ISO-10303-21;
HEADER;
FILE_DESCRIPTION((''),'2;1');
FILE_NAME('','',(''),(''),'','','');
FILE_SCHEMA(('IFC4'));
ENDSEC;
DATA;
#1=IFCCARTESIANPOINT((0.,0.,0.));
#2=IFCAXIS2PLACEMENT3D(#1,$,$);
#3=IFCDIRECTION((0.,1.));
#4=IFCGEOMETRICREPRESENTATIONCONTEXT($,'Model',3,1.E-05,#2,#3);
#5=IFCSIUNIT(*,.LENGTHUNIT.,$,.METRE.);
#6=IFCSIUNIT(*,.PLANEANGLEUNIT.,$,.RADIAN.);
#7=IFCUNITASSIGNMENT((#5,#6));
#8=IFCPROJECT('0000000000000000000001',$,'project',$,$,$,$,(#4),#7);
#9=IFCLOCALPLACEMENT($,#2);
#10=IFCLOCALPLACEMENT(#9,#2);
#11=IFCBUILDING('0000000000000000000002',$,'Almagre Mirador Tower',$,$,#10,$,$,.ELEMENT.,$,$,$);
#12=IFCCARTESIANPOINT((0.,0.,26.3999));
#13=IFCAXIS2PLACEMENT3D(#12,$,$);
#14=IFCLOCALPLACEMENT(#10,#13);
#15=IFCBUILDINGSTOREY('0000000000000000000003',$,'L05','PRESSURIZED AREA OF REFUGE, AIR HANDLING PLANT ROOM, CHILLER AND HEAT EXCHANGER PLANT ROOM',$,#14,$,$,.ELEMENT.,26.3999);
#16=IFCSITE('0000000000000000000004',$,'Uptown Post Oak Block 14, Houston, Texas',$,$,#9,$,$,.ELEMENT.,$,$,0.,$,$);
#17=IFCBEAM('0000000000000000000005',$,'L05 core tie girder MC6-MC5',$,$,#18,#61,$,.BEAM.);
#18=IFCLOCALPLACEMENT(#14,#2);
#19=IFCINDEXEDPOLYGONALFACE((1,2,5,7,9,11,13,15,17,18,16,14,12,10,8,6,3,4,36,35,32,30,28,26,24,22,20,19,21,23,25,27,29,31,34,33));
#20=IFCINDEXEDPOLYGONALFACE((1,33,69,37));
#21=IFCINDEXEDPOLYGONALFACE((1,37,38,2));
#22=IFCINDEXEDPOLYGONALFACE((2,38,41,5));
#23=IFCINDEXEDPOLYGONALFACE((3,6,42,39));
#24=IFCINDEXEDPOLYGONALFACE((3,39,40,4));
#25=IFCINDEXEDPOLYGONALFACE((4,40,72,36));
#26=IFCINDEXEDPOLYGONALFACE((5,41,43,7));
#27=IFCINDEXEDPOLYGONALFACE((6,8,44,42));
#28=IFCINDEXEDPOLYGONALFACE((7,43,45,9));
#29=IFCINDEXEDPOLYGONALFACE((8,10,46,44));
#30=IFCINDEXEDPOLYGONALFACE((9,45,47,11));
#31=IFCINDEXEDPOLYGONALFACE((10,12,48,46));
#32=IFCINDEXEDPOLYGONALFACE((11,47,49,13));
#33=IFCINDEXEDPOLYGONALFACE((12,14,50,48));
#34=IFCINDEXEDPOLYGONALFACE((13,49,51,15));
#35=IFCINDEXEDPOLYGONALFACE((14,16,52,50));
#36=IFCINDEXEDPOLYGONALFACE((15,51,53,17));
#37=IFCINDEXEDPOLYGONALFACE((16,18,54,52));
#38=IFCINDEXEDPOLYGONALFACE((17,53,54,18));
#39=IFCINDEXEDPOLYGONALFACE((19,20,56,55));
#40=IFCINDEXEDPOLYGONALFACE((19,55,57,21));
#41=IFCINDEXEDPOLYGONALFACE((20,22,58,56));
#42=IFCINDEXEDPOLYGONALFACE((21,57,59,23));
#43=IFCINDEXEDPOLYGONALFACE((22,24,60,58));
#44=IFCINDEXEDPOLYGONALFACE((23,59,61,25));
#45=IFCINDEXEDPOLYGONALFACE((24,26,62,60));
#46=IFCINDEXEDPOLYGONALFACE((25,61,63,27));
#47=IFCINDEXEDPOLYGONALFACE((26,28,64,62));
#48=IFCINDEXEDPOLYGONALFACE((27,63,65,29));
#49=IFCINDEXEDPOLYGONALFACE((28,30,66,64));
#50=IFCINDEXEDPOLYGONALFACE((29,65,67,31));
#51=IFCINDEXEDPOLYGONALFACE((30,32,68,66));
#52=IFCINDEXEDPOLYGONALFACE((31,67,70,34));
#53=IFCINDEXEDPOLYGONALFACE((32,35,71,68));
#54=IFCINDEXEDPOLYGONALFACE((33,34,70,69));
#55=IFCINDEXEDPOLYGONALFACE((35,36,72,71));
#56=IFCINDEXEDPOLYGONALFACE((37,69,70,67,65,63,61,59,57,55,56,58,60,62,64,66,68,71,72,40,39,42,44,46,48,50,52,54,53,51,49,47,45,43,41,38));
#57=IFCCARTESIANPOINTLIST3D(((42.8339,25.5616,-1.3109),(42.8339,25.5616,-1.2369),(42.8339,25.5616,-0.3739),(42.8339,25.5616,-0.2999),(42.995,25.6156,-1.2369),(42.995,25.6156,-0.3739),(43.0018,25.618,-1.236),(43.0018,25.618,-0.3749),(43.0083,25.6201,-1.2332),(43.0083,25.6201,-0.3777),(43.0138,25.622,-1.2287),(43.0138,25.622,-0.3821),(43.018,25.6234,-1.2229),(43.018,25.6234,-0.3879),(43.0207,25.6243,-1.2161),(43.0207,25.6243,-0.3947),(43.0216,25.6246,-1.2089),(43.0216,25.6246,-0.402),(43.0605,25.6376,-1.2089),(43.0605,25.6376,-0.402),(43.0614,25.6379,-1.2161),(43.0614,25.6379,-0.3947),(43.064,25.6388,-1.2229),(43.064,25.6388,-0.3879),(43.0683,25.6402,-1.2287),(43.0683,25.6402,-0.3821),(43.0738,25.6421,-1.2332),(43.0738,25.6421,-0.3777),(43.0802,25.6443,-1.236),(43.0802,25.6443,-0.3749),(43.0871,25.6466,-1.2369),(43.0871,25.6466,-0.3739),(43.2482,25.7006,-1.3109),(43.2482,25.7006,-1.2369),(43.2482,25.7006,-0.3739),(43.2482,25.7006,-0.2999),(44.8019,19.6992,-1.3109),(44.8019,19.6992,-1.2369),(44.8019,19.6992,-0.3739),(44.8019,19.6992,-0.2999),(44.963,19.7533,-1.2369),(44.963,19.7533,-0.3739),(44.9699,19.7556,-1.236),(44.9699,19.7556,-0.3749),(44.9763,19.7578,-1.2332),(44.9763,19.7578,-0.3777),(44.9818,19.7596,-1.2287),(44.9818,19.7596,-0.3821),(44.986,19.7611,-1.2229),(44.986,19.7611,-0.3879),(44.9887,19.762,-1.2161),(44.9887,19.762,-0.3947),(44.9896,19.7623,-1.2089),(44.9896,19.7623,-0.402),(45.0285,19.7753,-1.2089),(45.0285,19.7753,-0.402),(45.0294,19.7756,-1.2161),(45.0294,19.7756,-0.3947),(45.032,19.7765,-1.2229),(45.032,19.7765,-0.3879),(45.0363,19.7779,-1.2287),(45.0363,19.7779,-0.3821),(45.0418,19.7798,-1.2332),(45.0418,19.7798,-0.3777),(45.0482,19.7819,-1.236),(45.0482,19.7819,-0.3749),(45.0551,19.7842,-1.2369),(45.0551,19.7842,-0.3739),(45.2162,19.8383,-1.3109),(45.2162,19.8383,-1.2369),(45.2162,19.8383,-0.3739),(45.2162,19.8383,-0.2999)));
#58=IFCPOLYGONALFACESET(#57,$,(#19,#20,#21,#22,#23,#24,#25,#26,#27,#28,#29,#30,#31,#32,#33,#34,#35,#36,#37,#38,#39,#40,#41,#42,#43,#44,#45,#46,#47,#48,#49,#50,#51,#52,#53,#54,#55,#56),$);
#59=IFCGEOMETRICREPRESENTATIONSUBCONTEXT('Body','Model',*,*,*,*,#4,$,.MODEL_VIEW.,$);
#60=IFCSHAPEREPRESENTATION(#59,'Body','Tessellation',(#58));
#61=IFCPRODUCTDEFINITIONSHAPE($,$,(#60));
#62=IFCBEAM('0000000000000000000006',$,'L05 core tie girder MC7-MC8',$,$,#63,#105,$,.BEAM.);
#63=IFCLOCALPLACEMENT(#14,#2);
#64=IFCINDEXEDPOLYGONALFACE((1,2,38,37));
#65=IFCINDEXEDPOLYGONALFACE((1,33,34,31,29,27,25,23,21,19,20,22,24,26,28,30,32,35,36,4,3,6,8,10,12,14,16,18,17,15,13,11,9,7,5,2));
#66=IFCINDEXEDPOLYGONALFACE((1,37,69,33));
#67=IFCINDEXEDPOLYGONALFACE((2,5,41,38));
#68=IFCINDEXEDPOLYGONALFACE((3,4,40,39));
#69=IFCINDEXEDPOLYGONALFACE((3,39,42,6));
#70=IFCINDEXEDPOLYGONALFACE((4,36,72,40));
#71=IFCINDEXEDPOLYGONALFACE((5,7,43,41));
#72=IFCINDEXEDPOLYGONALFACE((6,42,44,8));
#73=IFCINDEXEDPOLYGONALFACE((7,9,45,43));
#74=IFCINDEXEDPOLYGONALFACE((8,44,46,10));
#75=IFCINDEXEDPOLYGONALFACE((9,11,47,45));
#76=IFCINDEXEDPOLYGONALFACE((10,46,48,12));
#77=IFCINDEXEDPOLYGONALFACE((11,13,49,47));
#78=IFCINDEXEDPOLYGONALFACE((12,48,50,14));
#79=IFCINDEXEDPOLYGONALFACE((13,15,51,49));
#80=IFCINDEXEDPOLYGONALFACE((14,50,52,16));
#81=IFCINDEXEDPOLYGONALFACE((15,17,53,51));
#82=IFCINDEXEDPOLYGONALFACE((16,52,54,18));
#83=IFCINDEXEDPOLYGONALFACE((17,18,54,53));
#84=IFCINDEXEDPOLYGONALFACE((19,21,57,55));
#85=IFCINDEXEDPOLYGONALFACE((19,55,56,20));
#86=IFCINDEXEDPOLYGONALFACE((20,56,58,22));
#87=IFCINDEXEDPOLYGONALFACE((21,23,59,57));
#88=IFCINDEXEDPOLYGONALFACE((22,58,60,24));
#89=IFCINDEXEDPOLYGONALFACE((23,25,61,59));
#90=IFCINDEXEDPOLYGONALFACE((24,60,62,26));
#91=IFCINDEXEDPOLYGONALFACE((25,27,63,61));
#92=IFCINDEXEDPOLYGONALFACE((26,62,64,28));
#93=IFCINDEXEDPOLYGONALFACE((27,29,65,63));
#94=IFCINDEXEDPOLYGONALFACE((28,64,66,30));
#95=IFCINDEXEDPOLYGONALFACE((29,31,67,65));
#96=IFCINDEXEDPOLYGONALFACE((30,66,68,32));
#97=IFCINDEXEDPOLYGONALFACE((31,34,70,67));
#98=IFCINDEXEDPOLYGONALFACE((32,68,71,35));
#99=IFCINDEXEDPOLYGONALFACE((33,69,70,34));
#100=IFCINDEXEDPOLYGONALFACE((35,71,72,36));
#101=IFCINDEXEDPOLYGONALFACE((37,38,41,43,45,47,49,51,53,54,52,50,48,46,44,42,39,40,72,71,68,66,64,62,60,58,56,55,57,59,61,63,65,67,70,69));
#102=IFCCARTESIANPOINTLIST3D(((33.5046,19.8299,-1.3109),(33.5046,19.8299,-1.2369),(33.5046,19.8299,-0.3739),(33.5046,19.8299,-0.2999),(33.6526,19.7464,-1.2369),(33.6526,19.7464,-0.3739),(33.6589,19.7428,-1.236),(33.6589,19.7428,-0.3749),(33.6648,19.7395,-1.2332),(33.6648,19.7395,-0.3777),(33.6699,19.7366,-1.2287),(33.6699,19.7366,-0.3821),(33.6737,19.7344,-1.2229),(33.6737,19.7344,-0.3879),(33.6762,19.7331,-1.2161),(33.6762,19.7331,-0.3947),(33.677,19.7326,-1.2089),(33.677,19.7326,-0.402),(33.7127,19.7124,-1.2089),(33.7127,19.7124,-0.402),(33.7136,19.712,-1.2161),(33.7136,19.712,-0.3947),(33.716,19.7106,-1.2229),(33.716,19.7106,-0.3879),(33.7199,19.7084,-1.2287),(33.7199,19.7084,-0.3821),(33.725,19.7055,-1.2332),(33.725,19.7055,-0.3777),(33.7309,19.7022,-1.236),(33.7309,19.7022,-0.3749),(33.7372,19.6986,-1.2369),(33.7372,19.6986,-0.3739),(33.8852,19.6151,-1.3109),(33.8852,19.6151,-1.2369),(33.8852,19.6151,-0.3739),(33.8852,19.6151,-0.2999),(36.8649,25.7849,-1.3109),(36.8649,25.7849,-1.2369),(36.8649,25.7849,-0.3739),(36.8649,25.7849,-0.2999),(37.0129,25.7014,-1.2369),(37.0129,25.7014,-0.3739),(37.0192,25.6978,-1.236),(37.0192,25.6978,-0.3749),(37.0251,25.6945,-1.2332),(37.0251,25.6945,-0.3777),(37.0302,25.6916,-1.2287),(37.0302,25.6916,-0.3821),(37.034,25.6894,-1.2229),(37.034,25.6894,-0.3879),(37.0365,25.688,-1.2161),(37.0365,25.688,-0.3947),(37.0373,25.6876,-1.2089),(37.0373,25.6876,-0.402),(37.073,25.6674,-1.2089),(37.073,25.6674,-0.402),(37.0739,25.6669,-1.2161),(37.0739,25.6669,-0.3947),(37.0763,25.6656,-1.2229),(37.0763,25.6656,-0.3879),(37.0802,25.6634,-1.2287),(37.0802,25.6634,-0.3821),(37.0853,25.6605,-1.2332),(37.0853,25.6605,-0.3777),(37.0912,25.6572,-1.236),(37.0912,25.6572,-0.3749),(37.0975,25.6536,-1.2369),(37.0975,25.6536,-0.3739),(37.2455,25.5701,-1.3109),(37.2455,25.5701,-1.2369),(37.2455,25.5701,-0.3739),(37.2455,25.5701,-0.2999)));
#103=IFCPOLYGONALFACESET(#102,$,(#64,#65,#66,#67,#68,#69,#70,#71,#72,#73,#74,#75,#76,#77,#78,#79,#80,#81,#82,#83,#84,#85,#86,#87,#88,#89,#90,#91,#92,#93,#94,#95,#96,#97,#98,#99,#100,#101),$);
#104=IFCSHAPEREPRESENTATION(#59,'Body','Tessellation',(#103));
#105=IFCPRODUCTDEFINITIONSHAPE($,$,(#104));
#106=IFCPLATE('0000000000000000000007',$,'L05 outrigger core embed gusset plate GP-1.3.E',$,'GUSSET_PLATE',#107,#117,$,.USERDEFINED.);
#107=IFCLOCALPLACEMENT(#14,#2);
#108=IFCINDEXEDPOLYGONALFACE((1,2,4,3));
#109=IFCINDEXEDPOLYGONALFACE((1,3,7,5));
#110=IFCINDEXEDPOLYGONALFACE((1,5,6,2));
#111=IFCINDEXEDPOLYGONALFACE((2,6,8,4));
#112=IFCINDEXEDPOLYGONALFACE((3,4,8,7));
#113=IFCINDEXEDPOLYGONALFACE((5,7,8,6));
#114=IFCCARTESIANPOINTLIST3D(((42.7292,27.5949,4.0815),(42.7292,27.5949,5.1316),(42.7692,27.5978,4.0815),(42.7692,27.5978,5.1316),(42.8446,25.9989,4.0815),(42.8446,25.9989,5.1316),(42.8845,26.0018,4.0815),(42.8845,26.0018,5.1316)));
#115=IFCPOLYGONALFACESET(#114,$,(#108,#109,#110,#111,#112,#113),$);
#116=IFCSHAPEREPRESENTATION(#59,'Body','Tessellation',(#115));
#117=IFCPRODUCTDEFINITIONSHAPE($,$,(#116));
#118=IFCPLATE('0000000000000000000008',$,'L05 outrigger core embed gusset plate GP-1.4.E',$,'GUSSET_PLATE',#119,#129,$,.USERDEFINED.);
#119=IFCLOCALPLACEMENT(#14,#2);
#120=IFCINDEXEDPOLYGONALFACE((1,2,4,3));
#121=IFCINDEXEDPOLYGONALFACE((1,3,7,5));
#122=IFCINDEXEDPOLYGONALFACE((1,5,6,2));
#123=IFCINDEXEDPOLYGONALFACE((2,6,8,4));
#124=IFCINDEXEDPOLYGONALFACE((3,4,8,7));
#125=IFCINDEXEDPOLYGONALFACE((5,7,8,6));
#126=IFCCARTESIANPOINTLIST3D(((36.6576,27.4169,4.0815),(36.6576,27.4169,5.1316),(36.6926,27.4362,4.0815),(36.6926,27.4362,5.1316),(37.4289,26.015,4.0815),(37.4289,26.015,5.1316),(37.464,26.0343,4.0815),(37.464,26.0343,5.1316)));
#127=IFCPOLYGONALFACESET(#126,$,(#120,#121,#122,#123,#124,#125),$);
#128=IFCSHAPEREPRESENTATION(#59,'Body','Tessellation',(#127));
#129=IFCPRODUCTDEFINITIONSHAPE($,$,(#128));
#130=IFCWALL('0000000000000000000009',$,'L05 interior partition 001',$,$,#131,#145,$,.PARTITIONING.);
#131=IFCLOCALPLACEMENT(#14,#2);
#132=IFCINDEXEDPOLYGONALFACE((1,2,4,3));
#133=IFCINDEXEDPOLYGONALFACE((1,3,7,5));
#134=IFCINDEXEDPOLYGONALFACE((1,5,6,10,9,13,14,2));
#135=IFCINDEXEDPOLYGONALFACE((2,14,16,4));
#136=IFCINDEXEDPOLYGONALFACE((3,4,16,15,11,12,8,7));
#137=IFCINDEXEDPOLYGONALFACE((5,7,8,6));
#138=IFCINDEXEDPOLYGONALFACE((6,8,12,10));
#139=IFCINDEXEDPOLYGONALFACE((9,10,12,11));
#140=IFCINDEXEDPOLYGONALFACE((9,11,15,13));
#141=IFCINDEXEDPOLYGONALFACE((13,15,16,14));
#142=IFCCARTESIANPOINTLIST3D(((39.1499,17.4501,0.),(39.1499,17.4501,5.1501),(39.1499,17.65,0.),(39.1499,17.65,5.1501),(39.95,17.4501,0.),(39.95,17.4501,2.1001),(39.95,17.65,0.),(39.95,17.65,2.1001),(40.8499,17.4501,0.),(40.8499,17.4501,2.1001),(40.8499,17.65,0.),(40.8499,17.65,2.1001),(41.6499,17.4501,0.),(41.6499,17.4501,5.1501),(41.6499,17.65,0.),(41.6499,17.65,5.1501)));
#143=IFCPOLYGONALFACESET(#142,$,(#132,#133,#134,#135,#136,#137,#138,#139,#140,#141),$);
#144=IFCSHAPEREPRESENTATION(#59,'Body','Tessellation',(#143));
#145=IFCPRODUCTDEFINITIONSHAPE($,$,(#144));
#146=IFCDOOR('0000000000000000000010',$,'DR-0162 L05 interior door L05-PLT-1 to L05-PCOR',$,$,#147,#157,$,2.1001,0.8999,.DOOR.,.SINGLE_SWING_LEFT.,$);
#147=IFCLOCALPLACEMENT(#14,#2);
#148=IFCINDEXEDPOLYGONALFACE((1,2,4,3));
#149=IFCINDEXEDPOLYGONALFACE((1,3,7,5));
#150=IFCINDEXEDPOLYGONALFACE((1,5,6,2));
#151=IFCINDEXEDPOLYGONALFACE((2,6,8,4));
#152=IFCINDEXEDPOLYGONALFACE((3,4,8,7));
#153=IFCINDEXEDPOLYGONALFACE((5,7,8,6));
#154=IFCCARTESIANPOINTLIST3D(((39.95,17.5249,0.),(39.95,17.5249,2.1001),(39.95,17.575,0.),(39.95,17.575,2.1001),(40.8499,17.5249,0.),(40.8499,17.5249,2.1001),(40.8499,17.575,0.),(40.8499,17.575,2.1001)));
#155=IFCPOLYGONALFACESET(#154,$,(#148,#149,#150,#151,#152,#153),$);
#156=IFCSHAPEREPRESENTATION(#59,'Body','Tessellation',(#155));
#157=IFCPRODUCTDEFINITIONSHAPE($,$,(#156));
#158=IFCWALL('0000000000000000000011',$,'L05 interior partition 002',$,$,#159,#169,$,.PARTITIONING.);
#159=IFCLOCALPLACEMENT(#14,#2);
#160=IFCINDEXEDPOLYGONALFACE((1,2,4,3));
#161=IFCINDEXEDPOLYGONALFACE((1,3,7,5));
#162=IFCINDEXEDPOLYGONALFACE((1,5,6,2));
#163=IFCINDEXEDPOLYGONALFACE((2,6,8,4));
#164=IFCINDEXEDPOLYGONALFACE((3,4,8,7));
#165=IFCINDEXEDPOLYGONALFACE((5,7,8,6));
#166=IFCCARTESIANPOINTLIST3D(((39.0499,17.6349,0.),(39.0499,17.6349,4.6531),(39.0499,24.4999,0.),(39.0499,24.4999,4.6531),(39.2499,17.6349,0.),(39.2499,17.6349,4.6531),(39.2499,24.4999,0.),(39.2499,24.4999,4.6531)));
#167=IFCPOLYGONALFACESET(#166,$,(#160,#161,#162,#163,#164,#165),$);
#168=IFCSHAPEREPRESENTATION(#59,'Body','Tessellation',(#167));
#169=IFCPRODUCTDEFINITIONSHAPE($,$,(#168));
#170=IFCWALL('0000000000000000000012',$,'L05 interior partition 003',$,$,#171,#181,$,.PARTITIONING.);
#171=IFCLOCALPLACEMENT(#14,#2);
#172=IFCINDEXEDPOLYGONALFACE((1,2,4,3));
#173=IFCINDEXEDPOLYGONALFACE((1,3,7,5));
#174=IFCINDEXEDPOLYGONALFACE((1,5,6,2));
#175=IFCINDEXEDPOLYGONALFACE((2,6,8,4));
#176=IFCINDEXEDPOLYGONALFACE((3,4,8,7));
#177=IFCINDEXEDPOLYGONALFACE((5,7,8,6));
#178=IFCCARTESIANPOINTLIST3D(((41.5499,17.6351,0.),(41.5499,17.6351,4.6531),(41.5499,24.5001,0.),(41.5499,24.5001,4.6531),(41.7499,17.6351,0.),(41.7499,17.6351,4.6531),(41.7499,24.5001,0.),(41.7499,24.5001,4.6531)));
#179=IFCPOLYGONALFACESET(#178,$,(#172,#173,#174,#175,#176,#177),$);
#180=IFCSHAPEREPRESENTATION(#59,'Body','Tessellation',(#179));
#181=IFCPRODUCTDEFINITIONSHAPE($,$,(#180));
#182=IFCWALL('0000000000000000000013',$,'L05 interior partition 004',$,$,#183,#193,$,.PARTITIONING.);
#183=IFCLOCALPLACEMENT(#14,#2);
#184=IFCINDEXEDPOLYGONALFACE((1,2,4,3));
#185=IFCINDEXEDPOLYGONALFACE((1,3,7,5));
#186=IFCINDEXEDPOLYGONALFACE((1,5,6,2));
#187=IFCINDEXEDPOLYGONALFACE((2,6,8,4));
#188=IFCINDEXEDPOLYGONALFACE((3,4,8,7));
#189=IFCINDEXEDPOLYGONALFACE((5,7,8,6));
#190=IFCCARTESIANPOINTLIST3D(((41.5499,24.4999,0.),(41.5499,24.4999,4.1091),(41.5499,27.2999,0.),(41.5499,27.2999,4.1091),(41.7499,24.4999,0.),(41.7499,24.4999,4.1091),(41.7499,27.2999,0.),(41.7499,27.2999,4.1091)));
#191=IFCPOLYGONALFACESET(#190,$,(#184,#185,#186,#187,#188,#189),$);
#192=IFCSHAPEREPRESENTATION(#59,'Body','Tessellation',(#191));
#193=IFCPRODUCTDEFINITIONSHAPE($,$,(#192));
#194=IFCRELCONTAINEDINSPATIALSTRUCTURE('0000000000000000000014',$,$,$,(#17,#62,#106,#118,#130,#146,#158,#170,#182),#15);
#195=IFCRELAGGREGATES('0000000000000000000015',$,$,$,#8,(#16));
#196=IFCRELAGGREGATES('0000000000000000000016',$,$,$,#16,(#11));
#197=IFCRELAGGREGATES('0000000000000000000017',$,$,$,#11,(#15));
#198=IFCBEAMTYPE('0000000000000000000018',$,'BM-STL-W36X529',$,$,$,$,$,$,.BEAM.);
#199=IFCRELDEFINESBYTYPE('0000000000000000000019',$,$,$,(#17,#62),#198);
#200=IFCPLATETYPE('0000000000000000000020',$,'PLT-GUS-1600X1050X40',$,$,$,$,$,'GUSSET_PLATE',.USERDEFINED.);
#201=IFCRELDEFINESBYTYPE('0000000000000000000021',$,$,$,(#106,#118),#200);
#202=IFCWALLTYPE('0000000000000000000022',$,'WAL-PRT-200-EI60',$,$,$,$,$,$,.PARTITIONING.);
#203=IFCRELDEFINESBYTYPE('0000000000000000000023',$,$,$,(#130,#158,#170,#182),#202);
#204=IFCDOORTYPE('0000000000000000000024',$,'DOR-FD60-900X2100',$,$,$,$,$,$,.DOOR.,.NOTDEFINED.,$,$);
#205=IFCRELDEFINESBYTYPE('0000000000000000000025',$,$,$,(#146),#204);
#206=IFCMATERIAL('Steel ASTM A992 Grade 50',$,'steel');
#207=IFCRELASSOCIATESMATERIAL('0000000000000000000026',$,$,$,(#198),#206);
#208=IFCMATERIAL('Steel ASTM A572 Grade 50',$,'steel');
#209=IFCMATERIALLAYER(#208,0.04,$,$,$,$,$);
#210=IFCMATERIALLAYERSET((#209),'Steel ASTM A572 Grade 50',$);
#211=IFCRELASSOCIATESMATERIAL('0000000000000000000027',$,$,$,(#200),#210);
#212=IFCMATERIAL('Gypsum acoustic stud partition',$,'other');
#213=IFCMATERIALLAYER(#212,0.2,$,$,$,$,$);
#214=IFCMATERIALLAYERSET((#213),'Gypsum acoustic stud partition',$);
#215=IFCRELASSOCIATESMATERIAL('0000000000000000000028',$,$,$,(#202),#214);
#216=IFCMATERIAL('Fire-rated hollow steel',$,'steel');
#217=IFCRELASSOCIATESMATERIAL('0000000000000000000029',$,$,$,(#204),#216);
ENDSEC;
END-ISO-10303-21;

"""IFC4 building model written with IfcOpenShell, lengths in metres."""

from ifc_helpers import new_model, si_unit, direction, frame, frame_2d, origin, origin_2d, place, context, subcontext, project, spatial, rectangle, i_section, extrude, material, layer, layer_set, material_profile, profile_set, type_object, element, fill, save


model = new_model("IFC4")

# Units and contexts
model_context = context("Model", 3, precision=1e-05, world=origin(), true_north=direction((0.0, 1.0)))
body_context = subcontext(model_context, "Body", "Model", "MODEL_VIEW")
ifc_project = project(units=[si_unit("LENGTHUNIT", "METRE"), si_unit("PLANEANGLEUNIT", "RADIAN")], contexts=[model_context])

# Site, building, storey
site_placement = place(None, origin())
site = spatial("IfcSite", under=ifc_project, at=site_placement, Name="Uptown Post Oak Block 14, Houston, Texas", CompositionType="ELEMENT", RefElevation=0.0)
building_placement = place(site_placement, origin())
building = spatial("IfcBuilding", under=site, at=building_placement, Name="Almagre Mirador Tower", CompositionType="ELEMENT")
storey_placement = place(building_placement, frame((0.0, 0.0, 26.3999)))
storey = spatial("IfcBuildingStorey", under=building, at=storey_placement, Name="L05", Description="PRESSURIZED AREA OF REFUGE, AIR HANDLING PLANT ROOM, CHILLER AND HEAT EXCHANGER PLANT ROOM", CompositionType="ELEMENT", Elevation=26.3999)

# Beams
ifc_material_1 = material(Name="Steel ASTM A992 Grade 50", Category="steel")
ifc_material_profile_1 = material_profile(ifc_material_1, i_section(OverallWidth=0.437, OverallDepth=1.011, WebThickness=0.041, FlangeThickness=0.074, FilletRadius=0.0281, at=origin_2d()), Name="W36X529")
ifc_profile_set_1 = profile_set([ifc_material_profile_1], Name="Steel ASTM A992 Grade 50")
beam_type_1 = type_object("IfcBeamType", Name="BM-STL-W36X529", PredefinedType="BEAM", material=ifc_profile_set_1)
beam_1_placement = place(storey_placement, frame((43.041, 25.6311, -0.8054), z_axis=(0.318252, -0.948006, 0.0), x_axis=(0.948006, 0.318252, 0.0)))
element("IfcBeam", 1, at=beam_1_placement, inside=storey, type_object=beam_type_1, Name="L05 core tie girder MC6-MC5", PredefinedType="BEAM", context=body_context, shape_type="SweptSolid", body=[
    extrude(i_section(OverallWidth=0.437, OverallDepth=1.011, WebThickness=0.041, FlangeThickness=0.074, FilletRadius=0.0281, at=origin_2d()), origin(), (0.0, 0.0, 1.0), 6.1838),
])
beam_2_placement = place(storey_placement, frame((37.0552, 25.6775, -0.8054), z_axis=(-0.491441, -0.870911, 0.0), x_axis=(0.870911, -0.491441, 0.0)))
element("IfcBeam", 2, at=beam_2_placement, inside=storey, type_object=beam_type_1, Name="L05 core tie girder MC7-MC8", PredefinedType="BEAM", context=body_context, shape_type="SweptSolid", body=[
    extrude(i_section(OverallWidth=0.437, OverallDepth=1.011, WebThickness=0.041, FlangeThickness=0.074, FilletRadius=0.0281, at=origin_2d()), origin(), (0.0, 0.0, 1.0), 6.8376),
])

# Plates
ifc_material_2 = material(Name="Steel ASTM A572 Grade 50", Category="steel")
ifc_layer_1 = layer(ifc_material_2, 0.04)
ifc_layer_set_1 = layer_set([ifc_layer_1], Name="Steel ASTM A572 Grade 50")
plate_type = type_object("IfcPlateType", Name="PLT-GUS-1600X1050X40", ElementType="GUSSET_PLATE", PredefinedType="USERDEFINED", material=ifc_layer_set_1)
for number, where, z_axis, x_axis, name in (
    (3, (42.8069, 26.7983, 4.0815), (0.0, 0.0, 1.0), (0.072089, -0.997398, 0.0), "L05 outrigger core embed gusset plate GP-1.3.E"),
    (4, (37.0608, 26.7256, 4.0815), (0.0, 0.0, 1.0), (0.482075, -0.87613, 0.0), "L05 outrigger core embed gusset plate GP-1.4.E"),
):
    element("IfcPlate", number, at=place(storey_placement, frame(where, z_axis=z_axis, x_axis=x_axis)), inside=storey, type_object=plate_type, Name=name, ObjectType="GUSSET_PLATE", PredefinedType="USERDEFINED", context=body_context, shape_type="SweptSolid", body=[
        extrude(rectangle(XDim=1.6001, YDim=0.04, at=origin_2d()), origin(), (0.0, 0.0, 1.0), 1.05),
    ])

# Wall, opening, door
ifc_material_3 = material(Name="Gypsum acoustic stud partition", Category="other")
ifc_layer_2 = layer(ifc_material_3, 0.2)
ifc_layer_set_2 = layer_set([ifc_layer_2], Name="Gypsum acoustic stud partition")
wall_type = type_object("IfcWallType", Name="WAL-PRT-200-EI60", PredefinedType="PARTITIONING", material=ifc_layer_set_2)
wall_1_placement = place(storey_placement, frame((39.1499, 17.55, 0.0), z_axis=(0.0, 0.0, 1.0), x_axis=(1.0, 0.0, 0.0)))
wall_1 = element("IfcWall", 5, at=wall_1_placement, inside=storey, type_object=wall_type, Name="L05 interior partition 001", PredefinedType="PARTITIONING", context=body_context, shape_type="SweptSolid", body=[
    extrude(rectangle(XDim=2.5, YDim=0.2, at=frame_2d((1.25, 0.0))), origin(), (0.0, 0.0, 1.0), 5.1501),
])
opening_1_placement = place(wall_1_placement, frame((0.8, 0.0, 0.0)))
opening_1 = element("IfcOpeningElement", 6, at=opening_1_placement, cuts=wall_1, PredefinedType="OPENING", context=body_context, shape_type="SweptSolid", body=[
    extrude(rectangle(XDim=0.8999, YDim=2.1001, at=frame_2d((0.45, 1.05))), frame((0.0, 0.1101, 0.0), z_axis=(0.0, -1.0, 0.0), x_axis=(1.0, 0.0, 0.0)), (0.0, 0.0, 1.0), 0.22),
])
ifc_material_4 = material(Name="Fire-rated hollow steel", Category="steel")
door_type_1 = type_object("IfcDoorType", Name="DOR-FD60-900X2100", OperationType="NOTDEFINED", PredefinedType="DOOR", material=ifc_material_4)
door_1_placement = place(opening_1_placement, origin())
door_1 = element("IfcDoor", 7, at=door_1_placement, inside=storey, type_object=door_type_1, Name="DR-0162 L05 interior door L05-PLT-1 to L05-PCOR", OperationType="SINGLE_SWING_LEFT", OverallHeight=2.1001, OverallWidth=0.8999, PredefinedType="DOOR", context=body_context, shape_type="SweptSolid", body=[
    extrude(rectangle(XDim=0.8999, YDim=2.1001, at=frame_2d((0.45, 1.05))), frame((0.0, 0.0249, 0.0), z_axis=(0.0, -1.0, 0.0), x_axis=(1.0, 0.0, 0.0)), (0.0, 0.0, 1.0), 0.05),
])
fill(opening_1, door_1)

# Walls
for number, where, z_axis, x_axis, name in (
    (8, (39.1499, 24.5, 0.0), (0.0, 0.0, 1.0), (0.0, -1.0, 0.0), "L05 interior partition 002"),
    (9, (41.6499, 17.635, 0.0), (0.0, 0.0, 1.0), (0.0, 1.0, 0.0), "L05 interior partition 003"),
):
    element("IfcWall", number, at=place(storey_placement, frame(where, z_axis=z_axis, x_axis=x_axis)), inside=storey, type_object=wall_type, Name=name, PredefinedType="PARTITIONING", context=body_context, shape_type="SweptSolid", body=[
        extrude(rectangle(XDim=6.865, YDim=0.2, at=frame_2d((3.4326, 0.0))), origin(), (0.0, 0.0, 1.0), 4.6531),
    ])
wall_2_placement = place(storey_placement, frame((41.6499, 24.5, 0.0), z_axis=(0.0, 0.0, 1.0), x_axis=(0.0, 1.0, 0.0)))
element("IfcWall", 10, at=wall_2_placement, inside=storey, type_object=wall_type, Name="L05 interior partition 004", PredefinedType="PARTITIONING", context=body_context, shape_type="SweptSolid", body=[
    extrude(rectangle(XDim=2.8, YDim=0.2, at=frame_2d((1.3999, 0.0))), origin(), (0.0, 0.0, 1.0), 4.1091),
])

save(model, "model.ifc")
